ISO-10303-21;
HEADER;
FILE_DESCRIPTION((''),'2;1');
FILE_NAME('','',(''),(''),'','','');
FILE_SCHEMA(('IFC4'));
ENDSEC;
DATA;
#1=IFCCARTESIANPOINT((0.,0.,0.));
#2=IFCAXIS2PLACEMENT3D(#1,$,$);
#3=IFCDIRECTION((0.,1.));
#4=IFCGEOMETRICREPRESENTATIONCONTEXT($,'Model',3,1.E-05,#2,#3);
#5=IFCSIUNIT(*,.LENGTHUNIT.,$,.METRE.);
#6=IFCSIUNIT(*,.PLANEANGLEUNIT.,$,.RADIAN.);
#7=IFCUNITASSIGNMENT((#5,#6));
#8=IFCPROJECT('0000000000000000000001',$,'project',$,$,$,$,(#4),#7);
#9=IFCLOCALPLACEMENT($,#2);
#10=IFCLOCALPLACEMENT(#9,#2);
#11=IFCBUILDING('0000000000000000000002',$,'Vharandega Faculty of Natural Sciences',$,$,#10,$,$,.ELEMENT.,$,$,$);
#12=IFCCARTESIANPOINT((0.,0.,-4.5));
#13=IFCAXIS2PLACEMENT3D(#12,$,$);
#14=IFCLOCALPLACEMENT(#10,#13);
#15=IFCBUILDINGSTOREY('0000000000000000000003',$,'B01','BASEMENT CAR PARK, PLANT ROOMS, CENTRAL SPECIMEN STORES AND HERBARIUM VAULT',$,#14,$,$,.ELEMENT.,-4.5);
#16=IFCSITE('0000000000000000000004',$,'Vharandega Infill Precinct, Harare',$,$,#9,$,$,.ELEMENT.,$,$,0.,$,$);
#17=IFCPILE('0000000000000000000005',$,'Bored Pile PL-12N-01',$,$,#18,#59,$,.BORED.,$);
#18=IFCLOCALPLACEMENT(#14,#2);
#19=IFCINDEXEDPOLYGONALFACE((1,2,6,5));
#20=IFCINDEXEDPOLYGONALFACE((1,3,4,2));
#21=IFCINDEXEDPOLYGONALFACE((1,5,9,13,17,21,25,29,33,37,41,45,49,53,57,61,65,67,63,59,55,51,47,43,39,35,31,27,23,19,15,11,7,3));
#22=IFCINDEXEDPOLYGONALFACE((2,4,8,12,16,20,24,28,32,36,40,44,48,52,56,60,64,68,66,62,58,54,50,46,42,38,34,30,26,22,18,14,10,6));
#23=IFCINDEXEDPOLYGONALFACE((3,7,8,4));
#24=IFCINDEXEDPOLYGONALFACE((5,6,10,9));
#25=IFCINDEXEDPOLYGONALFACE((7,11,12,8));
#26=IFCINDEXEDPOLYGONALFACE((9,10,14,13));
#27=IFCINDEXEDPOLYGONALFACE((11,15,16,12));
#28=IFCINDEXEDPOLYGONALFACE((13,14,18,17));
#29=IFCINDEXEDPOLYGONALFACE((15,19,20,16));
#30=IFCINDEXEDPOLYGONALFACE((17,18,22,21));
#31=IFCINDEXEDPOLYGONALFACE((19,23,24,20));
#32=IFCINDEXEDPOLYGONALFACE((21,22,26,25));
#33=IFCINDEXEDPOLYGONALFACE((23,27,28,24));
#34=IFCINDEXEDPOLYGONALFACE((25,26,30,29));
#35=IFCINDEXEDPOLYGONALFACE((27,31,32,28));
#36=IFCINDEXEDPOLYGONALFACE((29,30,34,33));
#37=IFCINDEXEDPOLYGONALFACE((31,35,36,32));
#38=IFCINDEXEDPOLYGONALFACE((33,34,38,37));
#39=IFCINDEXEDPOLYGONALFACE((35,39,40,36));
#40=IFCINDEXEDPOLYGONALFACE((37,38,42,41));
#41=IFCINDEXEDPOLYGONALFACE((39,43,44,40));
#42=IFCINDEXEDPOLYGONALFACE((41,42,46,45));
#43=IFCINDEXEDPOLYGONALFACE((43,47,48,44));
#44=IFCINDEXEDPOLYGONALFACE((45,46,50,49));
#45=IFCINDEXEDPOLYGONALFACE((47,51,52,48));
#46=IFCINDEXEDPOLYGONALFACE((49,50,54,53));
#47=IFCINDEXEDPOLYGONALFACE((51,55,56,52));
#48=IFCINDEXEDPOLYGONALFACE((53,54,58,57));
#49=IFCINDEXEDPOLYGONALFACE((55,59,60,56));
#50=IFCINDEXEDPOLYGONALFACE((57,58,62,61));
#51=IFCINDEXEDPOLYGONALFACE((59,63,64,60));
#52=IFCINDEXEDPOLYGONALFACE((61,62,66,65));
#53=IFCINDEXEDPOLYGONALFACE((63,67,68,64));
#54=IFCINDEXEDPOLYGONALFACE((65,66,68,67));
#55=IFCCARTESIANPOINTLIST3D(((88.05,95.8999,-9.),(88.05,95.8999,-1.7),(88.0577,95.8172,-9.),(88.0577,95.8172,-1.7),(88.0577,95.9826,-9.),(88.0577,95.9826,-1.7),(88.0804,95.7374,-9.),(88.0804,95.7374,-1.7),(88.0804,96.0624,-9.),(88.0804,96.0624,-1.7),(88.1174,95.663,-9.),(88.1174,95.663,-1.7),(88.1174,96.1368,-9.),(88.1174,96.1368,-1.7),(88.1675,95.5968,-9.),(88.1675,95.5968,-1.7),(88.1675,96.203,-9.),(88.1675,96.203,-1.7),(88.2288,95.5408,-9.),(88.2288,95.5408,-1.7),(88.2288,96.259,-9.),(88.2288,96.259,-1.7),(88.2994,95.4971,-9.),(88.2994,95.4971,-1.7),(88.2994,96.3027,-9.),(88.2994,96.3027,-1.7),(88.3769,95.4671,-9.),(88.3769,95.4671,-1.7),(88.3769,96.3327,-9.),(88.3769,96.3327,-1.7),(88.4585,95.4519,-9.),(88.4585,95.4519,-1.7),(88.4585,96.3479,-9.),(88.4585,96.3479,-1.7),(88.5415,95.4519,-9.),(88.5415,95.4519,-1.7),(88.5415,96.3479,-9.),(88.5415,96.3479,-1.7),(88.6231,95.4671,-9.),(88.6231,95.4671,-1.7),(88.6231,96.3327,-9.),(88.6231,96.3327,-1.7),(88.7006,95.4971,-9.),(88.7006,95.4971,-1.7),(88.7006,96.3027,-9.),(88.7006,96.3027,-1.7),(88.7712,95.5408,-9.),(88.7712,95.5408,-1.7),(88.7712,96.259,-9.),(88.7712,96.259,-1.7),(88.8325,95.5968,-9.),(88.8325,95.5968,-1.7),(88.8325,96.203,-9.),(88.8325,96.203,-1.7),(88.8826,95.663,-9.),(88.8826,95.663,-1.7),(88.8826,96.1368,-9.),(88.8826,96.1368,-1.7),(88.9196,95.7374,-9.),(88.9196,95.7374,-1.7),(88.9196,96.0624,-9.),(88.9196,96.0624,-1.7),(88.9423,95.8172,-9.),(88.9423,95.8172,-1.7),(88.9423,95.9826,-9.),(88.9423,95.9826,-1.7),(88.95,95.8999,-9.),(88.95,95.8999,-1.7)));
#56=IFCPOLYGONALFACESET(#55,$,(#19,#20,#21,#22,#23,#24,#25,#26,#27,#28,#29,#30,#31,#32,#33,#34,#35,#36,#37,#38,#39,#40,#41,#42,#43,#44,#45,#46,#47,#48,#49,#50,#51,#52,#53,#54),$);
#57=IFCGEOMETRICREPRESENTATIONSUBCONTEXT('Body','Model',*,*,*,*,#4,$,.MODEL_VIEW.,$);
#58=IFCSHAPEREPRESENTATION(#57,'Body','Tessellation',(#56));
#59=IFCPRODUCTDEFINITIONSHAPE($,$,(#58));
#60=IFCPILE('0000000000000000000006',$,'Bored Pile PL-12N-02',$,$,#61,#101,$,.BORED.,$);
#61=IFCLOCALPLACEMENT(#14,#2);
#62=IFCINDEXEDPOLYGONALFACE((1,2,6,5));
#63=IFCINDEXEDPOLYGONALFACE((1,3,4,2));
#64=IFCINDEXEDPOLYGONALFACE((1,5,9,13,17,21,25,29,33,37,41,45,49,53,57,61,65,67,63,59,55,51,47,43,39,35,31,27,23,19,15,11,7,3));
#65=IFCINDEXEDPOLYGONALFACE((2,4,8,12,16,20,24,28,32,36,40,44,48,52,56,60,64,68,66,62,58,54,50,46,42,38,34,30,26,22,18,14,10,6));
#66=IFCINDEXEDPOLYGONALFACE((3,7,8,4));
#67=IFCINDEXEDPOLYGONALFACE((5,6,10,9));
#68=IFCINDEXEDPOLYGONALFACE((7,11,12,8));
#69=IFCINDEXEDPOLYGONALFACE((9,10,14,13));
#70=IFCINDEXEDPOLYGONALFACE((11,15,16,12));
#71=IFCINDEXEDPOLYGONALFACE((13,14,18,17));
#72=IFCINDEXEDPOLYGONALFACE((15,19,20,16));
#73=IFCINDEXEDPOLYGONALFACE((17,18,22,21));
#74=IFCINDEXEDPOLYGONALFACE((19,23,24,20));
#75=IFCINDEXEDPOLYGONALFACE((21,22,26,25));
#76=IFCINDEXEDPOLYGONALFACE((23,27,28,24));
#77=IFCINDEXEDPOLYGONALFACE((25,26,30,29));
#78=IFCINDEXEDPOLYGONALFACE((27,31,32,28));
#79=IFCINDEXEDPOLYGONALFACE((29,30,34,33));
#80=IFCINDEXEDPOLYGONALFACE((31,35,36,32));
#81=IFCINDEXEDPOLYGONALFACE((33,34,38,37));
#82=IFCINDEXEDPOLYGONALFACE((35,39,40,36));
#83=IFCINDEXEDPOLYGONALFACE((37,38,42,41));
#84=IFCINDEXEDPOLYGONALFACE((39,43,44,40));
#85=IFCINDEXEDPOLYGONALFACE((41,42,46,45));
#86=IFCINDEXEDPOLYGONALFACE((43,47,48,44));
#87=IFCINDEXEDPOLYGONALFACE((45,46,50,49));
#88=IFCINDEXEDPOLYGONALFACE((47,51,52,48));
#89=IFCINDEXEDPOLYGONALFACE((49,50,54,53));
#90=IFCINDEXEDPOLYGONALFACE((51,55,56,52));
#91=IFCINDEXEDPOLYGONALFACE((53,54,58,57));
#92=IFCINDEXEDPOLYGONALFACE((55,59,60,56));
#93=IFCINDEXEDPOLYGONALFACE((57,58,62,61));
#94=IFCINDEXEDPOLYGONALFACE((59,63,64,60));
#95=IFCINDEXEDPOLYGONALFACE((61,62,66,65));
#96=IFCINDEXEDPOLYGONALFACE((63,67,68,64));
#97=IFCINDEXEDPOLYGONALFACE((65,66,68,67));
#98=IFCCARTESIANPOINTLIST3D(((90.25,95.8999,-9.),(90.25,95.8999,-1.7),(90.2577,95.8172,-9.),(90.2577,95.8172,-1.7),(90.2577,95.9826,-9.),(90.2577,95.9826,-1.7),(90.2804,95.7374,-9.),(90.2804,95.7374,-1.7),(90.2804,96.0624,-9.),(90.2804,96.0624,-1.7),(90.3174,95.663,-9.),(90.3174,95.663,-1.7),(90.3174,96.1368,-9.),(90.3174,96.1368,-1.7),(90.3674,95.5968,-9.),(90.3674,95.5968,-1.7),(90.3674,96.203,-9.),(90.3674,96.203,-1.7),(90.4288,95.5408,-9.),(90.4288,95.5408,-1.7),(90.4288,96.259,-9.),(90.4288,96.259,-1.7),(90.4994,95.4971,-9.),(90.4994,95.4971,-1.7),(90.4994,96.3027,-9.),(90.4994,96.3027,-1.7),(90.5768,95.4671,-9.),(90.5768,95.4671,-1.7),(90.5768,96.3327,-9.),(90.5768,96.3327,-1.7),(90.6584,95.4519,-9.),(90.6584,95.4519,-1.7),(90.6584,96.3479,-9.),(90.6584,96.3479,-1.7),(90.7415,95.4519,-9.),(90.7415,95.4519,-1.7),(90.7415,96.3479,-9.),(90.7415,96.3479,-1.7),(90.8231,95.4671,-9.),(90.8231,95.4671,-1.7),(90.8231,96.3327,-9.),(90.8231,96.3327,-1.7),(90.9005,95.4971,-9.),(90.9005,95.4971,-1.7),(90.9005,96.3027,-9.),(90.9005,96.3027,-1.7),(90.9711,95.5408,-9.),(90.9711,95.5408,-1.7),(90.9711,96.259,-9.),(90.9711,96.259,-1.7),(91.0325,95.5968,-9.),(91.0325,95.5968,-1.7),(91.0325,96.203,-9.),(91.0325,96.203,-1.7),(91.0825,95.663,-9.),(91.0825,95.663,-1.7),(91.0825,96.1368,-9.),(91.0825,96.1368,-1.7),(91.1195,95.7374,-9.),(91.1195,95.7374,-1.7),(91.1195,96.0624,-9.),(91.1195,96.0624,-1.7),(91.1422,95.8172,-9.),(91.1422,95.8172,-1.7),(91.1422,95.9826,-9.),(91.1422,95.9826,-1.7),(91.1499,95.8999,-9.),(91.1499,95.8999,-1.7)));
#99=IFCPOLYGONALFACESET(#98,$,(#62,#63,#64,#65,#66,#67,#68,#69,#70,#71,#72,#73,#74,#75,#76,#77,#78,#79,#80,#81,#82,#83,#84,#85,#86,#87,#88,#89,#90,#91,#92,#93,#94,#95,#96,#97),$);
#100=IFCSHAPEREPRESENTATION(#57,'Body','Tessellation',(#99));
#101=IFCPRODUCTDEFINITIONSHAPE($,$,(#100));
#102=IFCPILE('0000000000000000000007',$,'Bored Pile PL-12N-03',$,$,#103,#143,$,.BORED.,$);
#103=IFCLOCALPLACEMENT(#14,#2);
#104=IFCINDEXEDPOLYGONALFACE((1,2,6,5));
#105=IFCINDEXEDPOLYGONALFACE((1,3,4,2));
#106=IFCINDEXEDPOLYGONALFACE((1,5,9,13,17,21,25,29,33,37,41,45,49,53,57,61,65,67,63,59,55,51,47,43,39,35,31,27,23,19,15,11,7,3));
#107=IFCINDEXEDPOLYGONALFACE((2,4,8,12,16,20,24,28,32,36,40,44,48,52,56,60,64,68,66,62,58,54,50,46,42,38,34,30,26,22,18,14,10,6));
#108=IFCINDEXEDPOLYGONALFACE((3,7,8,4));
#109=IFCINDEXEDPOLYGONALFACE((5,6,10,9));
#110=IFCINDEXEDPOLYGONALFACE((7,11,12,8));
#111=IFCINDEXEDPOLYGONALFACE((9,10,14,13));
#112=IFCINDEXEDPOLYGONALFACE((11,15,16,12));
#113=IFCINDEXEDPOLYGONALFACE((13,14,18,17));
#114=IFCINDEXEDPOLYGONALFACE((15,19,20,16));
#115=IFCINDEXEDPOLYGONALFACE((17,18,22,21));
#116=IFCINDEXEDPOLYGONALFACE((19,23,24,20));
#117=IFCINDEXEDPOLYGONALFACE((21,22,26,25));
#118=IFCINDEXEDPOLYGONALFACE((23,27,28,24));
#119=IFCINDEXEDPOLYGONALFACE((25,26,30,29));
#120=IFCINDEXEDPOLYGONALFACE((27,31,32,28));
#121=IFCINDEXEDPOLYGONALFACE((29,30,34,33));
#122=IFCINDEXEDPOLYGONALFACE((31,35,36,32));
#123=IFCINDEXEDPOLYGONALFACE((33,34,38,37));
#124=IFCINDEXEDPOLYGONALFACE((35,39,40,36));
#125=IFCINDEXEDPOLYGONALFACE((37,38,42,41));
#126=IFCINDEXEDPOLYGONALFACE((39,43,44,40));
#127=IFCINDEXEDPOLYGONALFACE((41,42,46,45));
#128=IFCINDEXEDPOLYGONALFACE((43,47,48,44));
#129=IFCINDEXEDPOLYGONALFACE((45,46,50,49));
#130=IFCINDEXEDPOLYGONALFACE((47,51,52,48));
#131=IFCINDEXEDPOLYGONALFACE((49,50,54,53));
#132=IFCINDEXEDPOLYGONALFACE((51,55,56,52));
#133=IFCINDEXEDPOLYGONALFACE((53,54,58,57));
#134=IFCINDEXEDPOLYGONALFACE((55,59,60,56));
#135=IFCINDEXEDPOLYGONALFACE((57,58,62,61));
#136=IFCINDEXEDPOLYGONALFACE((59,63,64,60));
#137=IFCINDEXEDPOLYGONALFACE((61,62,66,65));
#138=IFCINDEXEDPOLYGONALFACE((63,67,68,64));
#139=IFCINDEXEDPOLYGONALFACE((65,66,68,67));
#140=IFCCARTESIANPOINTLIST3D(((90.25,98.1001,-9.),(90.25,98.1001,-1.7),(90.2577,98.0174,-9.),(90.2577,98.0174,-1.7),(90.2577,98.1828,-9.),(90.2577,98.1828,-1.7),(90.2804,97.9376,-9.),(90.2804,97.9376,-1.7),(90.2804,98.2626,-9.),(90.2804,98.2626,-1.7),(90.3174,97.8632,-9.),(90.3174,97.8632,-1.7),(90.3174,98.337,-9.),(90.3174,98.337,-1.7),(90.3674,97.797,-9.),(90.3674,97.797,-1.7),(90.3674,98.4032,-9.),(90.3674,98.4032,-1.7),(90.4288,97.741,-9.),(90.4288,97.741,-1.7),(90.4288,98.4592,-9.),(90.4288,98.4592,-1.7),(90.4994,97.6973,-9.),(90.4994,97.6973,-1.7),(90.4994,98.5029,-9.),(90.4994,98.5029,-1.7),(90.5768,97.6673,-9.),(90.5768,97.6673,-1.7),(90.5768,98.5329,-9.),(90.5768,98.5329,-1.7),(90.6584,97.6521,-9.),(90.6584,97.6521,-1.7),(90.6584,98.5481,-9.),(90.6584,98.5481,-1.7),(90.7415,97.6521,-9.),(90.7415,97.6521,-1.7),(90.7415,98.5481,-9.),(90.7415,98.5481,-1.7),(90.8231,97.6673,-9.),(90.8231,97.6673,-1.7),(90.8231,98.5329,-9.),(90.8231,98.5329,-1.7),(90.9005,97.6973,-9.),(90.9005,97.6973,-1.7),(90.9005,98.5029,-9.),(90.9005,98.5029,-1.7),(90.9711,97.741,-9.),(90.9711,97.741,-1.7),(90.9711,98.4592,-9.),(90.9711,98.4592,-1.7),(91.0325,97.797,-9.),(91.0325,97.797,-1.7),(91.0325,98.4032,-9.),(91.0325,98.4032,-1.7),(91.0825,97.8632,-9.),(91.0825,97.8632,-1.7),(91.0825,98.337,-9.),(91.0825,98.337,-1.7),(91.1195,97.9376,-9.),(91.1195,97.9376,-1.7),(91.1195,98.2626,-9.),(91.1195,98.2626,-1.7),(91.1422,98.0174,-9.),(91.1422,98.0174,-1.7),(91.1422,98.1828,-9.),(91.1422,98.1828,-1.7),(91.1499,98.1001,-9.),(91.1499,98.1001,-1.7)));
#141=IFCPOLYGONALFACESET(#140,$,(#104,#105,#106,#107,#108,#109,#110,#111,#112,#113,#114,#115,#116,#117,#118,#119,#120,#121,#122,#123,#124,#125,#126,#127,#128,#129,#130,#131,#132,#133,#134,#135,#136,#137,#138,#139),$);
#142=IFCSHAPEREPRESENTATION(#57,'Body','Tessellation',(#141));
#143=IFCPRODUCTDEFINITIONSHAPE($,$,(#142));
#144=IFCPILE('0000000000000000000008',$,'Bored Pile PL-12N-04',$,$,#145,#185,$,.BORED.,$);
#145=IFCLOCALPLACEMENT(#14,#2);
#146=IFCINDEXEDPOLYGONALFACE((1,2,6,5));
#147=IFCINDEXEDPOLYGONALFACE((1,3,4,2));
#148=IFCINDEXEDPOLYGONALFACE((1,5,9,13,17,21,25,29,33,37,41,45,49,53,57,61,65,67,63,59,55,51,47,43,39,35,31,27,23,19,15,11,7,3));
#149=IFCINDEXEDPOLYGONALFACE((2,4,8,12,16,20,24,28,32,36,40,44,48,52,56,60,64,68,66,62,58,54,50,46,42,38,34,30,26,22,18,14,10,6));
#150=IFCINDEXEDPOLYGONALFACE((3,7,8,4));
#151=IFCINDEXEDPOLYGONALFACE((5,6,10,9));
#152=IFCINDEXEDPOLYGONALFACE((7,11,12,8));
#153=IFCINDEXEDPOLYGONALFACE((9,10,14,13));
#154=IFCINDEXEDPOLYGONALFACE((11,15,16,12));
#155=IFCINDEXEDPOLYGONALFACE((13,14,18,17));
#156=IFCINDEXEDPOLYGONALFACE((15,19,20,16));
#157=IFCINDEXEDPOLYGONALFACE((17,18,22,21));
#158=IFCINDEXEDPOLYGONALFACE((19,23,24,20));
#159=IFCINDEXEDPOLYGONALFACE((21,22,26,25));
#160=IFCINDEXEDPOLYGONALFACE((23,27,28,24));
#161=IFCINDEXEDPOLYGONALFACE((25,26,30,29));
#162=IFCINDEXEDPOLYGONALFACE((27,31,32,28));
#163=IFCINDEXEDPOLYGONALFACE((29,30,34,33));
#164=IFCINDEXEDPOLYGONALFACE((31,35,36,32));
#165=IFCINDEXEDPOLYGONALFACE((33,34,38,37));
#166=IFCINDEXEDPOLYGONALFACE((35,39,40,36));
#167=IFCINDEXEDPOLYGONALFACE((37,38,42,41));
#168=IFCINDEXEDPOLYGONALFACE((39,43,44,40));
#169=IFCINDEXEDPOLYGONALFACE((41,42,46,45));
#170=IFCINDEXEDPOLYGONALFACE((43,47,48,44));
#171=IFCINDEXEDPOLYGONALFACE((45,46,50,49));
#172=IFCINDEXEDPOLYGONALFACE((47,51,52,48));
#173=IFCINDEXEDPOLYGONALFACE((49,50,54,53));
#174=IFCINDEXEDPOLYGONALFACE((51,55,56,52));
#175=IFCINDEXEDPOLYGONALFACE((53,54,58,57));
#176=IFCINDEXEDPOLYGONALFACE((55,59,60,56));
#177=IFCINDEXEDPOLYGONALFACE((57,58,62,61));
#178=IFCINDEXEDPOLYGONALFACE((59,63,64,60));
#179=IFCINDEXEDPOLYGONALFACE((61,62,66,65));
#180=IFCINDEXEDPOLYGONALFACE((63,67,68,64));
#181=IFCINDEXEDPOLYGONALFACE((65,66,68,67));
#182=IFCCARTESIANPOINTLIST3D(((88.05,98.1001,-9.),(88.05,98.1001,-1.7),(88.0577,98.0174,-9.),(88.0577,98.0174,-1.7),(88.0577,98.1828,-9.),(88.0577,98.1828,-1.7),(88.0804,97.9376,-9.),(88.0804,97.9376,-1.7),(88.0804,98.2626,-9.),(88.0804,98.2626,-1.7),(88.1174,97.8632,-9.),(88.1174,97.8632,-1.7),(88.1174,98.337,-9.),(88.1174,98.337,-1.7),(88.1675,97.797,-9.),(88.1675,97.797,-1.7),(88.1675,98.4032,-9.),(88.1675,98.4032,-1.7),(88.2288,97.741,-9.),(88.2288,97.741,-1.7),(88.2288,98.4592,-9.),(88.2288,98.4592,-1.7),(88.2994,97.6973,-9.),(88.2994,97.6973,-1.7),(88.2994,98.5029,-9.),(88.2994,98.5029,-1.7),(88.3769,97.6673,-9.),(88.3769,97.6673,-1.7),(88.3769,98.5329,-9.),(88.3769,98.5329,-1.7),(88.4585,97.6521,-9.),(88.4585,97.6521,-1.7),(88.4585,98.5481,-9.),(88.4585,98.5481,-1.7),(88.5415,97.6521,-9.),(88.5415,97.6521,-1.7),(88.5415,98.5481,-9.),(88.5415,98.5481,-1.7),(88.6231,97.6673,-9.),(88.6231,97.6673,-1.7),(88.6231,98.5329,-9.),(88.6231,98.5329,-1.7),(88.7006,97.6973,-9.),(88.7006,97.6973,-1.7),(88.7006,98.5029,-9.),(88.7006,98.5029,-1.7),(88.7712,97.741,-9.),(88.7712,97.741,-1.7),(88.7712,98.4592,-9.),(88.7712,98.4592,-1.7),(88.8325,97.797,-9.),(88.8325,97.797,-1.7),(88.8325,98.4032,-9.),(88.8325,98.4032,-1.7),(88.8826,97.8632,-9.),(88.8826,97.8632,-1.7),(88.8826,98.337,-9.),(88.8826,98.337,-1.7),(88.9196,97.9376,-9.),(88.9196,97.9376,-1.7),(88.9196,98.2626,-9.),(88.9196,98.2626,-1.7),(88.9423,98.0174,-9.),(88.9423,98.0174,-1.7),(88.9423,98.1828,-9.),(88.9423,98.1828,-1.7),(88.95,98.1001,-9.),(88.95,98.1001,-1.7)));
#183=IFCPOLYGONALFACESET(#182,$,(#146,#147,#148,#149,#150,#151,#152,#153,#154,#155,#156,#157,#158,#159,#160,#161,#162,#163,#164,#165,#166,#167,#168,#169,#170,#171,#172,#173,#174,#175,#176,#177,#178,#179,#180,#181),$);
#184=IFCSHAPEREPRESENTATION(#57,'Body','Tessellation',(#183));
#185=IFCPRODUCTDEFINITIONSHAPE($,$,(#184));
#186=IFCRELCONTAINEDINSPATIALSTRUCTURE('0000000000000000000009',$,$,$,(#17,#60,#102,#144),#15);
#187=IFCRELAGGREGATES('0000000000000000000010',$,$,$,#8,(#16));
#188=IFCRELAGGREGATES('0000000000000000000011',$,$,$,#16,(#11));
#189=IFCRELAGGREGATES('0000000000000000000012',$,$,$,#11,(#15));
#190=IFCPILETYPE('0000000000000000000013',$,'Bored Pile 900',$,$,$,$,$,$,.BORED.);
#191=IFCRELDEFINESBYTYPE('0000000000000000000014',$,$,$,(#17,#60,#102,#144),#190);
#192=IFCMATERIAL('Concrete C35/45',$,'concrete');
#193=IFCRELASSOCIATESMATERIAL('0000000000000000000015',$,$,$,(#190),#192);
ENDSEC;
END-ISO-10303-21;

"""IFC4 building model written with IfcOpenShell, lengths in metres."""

from ifc_helpers import new_model, si_unit, direction, frame, origin, origin_2d, place, context, subcontext, project, spatial, circle, extrude, material, material_profile, profile_set, type_object, element, save


model = new_model("IFC4")

# Units and contexts
model_context = context("Model", 3, precision=1e-05, world=origin(), true_north=direction((0.0, 1.0)))
body_context = subcontext(model_context, "Body", "Model", "MODEL_VIEW")
ifc_project = project(units=[si_unit("LENGTHUNIT", "METRE"), si_unit("PLANEANGLEUNIT", "RADIAN")], contexts=[model_context])

# Site, building, storey
site_placement = place(None, origin())
site = spatial("IfcSite", under=ifc_project, at=site_placement, Name="Vharandega Infill Precinct, Harare", CompositionType="ELEMENT", RefElevation=0.0)
building_placement = place(site_placement, origin())
building = spatial("IfcBuilding", under=site, at=building_placement, Name="Vharandega Faculty of Natural Sciences", CompositionType="ELEMENT")
storey_placement = place(building_placement, frame((0.0, 0.0, -4.5)))
storey = spatial("IfcBuildingStorey", under=building, at=storey_placement, Name="B01", Description="BASEMENT CAR PARK, PLANT ROOMS, CENTRAL SPECIMEN STORES AND HERBARIUM VAULT", CompositionType="ELEMENT", Elevation=-4.5)

# Piles
ifc_material_1 = material(Name="Concrete C35/45", Category="concrete")
ifc_material_profile_1 = material_profile(ifc_material_1, circle(Radius=0.45, at=origin_2d()), Name="PILE 900")
ifc_profile_set_1 = profile_set([ifc_material_profile_1], Name="Concrete C35/45")
pile_type = type_object("IfcPileType", Name="Bored Pile 900", PredefinedType="BORED", material=ifc_profile_set_1)
for number, where, z_axis, x_axis, name in (
    (1, (88.5, 95.8999, -1.7), (0.0, 0.0, -1.0), (1.0, 0.0, 0.0), "Bored Pile PL-12N-01"),
    (2, (90.7, 95.8999, -1.7), (0.0, 0.0, -1.0), (1.0, 0.0, 0.0), "Bored Pile PL-12N-02"),
    (3, (90.7, 98.1001, -1.7), (0.0, 0.0, -1.0), (1.0, 0.0, 0.0), "Bored Pile PL-12N-03"),
    (4, (88.5, 98.1001, -1.7), (0.0, 0.0, -1.0), (1.0, 0.0, 0.0), "Bored Pile PL-12N-04"),
):
    element("IfcPile", number, at=place(storey_placement, frame(where, z_axis=z_axis, x_axis=x_axis)), inside=storey, type_object=pile_type, Name=name, PredefinedType="BORED", context=body_context, shape_type="SweptSolid", body=[
        extrude(circle(Radius=0.45, at=origin_2d()), origin(), (0.0, 0.0, 1.0), 7.3),
    ])

save(model, "model.ifc")
